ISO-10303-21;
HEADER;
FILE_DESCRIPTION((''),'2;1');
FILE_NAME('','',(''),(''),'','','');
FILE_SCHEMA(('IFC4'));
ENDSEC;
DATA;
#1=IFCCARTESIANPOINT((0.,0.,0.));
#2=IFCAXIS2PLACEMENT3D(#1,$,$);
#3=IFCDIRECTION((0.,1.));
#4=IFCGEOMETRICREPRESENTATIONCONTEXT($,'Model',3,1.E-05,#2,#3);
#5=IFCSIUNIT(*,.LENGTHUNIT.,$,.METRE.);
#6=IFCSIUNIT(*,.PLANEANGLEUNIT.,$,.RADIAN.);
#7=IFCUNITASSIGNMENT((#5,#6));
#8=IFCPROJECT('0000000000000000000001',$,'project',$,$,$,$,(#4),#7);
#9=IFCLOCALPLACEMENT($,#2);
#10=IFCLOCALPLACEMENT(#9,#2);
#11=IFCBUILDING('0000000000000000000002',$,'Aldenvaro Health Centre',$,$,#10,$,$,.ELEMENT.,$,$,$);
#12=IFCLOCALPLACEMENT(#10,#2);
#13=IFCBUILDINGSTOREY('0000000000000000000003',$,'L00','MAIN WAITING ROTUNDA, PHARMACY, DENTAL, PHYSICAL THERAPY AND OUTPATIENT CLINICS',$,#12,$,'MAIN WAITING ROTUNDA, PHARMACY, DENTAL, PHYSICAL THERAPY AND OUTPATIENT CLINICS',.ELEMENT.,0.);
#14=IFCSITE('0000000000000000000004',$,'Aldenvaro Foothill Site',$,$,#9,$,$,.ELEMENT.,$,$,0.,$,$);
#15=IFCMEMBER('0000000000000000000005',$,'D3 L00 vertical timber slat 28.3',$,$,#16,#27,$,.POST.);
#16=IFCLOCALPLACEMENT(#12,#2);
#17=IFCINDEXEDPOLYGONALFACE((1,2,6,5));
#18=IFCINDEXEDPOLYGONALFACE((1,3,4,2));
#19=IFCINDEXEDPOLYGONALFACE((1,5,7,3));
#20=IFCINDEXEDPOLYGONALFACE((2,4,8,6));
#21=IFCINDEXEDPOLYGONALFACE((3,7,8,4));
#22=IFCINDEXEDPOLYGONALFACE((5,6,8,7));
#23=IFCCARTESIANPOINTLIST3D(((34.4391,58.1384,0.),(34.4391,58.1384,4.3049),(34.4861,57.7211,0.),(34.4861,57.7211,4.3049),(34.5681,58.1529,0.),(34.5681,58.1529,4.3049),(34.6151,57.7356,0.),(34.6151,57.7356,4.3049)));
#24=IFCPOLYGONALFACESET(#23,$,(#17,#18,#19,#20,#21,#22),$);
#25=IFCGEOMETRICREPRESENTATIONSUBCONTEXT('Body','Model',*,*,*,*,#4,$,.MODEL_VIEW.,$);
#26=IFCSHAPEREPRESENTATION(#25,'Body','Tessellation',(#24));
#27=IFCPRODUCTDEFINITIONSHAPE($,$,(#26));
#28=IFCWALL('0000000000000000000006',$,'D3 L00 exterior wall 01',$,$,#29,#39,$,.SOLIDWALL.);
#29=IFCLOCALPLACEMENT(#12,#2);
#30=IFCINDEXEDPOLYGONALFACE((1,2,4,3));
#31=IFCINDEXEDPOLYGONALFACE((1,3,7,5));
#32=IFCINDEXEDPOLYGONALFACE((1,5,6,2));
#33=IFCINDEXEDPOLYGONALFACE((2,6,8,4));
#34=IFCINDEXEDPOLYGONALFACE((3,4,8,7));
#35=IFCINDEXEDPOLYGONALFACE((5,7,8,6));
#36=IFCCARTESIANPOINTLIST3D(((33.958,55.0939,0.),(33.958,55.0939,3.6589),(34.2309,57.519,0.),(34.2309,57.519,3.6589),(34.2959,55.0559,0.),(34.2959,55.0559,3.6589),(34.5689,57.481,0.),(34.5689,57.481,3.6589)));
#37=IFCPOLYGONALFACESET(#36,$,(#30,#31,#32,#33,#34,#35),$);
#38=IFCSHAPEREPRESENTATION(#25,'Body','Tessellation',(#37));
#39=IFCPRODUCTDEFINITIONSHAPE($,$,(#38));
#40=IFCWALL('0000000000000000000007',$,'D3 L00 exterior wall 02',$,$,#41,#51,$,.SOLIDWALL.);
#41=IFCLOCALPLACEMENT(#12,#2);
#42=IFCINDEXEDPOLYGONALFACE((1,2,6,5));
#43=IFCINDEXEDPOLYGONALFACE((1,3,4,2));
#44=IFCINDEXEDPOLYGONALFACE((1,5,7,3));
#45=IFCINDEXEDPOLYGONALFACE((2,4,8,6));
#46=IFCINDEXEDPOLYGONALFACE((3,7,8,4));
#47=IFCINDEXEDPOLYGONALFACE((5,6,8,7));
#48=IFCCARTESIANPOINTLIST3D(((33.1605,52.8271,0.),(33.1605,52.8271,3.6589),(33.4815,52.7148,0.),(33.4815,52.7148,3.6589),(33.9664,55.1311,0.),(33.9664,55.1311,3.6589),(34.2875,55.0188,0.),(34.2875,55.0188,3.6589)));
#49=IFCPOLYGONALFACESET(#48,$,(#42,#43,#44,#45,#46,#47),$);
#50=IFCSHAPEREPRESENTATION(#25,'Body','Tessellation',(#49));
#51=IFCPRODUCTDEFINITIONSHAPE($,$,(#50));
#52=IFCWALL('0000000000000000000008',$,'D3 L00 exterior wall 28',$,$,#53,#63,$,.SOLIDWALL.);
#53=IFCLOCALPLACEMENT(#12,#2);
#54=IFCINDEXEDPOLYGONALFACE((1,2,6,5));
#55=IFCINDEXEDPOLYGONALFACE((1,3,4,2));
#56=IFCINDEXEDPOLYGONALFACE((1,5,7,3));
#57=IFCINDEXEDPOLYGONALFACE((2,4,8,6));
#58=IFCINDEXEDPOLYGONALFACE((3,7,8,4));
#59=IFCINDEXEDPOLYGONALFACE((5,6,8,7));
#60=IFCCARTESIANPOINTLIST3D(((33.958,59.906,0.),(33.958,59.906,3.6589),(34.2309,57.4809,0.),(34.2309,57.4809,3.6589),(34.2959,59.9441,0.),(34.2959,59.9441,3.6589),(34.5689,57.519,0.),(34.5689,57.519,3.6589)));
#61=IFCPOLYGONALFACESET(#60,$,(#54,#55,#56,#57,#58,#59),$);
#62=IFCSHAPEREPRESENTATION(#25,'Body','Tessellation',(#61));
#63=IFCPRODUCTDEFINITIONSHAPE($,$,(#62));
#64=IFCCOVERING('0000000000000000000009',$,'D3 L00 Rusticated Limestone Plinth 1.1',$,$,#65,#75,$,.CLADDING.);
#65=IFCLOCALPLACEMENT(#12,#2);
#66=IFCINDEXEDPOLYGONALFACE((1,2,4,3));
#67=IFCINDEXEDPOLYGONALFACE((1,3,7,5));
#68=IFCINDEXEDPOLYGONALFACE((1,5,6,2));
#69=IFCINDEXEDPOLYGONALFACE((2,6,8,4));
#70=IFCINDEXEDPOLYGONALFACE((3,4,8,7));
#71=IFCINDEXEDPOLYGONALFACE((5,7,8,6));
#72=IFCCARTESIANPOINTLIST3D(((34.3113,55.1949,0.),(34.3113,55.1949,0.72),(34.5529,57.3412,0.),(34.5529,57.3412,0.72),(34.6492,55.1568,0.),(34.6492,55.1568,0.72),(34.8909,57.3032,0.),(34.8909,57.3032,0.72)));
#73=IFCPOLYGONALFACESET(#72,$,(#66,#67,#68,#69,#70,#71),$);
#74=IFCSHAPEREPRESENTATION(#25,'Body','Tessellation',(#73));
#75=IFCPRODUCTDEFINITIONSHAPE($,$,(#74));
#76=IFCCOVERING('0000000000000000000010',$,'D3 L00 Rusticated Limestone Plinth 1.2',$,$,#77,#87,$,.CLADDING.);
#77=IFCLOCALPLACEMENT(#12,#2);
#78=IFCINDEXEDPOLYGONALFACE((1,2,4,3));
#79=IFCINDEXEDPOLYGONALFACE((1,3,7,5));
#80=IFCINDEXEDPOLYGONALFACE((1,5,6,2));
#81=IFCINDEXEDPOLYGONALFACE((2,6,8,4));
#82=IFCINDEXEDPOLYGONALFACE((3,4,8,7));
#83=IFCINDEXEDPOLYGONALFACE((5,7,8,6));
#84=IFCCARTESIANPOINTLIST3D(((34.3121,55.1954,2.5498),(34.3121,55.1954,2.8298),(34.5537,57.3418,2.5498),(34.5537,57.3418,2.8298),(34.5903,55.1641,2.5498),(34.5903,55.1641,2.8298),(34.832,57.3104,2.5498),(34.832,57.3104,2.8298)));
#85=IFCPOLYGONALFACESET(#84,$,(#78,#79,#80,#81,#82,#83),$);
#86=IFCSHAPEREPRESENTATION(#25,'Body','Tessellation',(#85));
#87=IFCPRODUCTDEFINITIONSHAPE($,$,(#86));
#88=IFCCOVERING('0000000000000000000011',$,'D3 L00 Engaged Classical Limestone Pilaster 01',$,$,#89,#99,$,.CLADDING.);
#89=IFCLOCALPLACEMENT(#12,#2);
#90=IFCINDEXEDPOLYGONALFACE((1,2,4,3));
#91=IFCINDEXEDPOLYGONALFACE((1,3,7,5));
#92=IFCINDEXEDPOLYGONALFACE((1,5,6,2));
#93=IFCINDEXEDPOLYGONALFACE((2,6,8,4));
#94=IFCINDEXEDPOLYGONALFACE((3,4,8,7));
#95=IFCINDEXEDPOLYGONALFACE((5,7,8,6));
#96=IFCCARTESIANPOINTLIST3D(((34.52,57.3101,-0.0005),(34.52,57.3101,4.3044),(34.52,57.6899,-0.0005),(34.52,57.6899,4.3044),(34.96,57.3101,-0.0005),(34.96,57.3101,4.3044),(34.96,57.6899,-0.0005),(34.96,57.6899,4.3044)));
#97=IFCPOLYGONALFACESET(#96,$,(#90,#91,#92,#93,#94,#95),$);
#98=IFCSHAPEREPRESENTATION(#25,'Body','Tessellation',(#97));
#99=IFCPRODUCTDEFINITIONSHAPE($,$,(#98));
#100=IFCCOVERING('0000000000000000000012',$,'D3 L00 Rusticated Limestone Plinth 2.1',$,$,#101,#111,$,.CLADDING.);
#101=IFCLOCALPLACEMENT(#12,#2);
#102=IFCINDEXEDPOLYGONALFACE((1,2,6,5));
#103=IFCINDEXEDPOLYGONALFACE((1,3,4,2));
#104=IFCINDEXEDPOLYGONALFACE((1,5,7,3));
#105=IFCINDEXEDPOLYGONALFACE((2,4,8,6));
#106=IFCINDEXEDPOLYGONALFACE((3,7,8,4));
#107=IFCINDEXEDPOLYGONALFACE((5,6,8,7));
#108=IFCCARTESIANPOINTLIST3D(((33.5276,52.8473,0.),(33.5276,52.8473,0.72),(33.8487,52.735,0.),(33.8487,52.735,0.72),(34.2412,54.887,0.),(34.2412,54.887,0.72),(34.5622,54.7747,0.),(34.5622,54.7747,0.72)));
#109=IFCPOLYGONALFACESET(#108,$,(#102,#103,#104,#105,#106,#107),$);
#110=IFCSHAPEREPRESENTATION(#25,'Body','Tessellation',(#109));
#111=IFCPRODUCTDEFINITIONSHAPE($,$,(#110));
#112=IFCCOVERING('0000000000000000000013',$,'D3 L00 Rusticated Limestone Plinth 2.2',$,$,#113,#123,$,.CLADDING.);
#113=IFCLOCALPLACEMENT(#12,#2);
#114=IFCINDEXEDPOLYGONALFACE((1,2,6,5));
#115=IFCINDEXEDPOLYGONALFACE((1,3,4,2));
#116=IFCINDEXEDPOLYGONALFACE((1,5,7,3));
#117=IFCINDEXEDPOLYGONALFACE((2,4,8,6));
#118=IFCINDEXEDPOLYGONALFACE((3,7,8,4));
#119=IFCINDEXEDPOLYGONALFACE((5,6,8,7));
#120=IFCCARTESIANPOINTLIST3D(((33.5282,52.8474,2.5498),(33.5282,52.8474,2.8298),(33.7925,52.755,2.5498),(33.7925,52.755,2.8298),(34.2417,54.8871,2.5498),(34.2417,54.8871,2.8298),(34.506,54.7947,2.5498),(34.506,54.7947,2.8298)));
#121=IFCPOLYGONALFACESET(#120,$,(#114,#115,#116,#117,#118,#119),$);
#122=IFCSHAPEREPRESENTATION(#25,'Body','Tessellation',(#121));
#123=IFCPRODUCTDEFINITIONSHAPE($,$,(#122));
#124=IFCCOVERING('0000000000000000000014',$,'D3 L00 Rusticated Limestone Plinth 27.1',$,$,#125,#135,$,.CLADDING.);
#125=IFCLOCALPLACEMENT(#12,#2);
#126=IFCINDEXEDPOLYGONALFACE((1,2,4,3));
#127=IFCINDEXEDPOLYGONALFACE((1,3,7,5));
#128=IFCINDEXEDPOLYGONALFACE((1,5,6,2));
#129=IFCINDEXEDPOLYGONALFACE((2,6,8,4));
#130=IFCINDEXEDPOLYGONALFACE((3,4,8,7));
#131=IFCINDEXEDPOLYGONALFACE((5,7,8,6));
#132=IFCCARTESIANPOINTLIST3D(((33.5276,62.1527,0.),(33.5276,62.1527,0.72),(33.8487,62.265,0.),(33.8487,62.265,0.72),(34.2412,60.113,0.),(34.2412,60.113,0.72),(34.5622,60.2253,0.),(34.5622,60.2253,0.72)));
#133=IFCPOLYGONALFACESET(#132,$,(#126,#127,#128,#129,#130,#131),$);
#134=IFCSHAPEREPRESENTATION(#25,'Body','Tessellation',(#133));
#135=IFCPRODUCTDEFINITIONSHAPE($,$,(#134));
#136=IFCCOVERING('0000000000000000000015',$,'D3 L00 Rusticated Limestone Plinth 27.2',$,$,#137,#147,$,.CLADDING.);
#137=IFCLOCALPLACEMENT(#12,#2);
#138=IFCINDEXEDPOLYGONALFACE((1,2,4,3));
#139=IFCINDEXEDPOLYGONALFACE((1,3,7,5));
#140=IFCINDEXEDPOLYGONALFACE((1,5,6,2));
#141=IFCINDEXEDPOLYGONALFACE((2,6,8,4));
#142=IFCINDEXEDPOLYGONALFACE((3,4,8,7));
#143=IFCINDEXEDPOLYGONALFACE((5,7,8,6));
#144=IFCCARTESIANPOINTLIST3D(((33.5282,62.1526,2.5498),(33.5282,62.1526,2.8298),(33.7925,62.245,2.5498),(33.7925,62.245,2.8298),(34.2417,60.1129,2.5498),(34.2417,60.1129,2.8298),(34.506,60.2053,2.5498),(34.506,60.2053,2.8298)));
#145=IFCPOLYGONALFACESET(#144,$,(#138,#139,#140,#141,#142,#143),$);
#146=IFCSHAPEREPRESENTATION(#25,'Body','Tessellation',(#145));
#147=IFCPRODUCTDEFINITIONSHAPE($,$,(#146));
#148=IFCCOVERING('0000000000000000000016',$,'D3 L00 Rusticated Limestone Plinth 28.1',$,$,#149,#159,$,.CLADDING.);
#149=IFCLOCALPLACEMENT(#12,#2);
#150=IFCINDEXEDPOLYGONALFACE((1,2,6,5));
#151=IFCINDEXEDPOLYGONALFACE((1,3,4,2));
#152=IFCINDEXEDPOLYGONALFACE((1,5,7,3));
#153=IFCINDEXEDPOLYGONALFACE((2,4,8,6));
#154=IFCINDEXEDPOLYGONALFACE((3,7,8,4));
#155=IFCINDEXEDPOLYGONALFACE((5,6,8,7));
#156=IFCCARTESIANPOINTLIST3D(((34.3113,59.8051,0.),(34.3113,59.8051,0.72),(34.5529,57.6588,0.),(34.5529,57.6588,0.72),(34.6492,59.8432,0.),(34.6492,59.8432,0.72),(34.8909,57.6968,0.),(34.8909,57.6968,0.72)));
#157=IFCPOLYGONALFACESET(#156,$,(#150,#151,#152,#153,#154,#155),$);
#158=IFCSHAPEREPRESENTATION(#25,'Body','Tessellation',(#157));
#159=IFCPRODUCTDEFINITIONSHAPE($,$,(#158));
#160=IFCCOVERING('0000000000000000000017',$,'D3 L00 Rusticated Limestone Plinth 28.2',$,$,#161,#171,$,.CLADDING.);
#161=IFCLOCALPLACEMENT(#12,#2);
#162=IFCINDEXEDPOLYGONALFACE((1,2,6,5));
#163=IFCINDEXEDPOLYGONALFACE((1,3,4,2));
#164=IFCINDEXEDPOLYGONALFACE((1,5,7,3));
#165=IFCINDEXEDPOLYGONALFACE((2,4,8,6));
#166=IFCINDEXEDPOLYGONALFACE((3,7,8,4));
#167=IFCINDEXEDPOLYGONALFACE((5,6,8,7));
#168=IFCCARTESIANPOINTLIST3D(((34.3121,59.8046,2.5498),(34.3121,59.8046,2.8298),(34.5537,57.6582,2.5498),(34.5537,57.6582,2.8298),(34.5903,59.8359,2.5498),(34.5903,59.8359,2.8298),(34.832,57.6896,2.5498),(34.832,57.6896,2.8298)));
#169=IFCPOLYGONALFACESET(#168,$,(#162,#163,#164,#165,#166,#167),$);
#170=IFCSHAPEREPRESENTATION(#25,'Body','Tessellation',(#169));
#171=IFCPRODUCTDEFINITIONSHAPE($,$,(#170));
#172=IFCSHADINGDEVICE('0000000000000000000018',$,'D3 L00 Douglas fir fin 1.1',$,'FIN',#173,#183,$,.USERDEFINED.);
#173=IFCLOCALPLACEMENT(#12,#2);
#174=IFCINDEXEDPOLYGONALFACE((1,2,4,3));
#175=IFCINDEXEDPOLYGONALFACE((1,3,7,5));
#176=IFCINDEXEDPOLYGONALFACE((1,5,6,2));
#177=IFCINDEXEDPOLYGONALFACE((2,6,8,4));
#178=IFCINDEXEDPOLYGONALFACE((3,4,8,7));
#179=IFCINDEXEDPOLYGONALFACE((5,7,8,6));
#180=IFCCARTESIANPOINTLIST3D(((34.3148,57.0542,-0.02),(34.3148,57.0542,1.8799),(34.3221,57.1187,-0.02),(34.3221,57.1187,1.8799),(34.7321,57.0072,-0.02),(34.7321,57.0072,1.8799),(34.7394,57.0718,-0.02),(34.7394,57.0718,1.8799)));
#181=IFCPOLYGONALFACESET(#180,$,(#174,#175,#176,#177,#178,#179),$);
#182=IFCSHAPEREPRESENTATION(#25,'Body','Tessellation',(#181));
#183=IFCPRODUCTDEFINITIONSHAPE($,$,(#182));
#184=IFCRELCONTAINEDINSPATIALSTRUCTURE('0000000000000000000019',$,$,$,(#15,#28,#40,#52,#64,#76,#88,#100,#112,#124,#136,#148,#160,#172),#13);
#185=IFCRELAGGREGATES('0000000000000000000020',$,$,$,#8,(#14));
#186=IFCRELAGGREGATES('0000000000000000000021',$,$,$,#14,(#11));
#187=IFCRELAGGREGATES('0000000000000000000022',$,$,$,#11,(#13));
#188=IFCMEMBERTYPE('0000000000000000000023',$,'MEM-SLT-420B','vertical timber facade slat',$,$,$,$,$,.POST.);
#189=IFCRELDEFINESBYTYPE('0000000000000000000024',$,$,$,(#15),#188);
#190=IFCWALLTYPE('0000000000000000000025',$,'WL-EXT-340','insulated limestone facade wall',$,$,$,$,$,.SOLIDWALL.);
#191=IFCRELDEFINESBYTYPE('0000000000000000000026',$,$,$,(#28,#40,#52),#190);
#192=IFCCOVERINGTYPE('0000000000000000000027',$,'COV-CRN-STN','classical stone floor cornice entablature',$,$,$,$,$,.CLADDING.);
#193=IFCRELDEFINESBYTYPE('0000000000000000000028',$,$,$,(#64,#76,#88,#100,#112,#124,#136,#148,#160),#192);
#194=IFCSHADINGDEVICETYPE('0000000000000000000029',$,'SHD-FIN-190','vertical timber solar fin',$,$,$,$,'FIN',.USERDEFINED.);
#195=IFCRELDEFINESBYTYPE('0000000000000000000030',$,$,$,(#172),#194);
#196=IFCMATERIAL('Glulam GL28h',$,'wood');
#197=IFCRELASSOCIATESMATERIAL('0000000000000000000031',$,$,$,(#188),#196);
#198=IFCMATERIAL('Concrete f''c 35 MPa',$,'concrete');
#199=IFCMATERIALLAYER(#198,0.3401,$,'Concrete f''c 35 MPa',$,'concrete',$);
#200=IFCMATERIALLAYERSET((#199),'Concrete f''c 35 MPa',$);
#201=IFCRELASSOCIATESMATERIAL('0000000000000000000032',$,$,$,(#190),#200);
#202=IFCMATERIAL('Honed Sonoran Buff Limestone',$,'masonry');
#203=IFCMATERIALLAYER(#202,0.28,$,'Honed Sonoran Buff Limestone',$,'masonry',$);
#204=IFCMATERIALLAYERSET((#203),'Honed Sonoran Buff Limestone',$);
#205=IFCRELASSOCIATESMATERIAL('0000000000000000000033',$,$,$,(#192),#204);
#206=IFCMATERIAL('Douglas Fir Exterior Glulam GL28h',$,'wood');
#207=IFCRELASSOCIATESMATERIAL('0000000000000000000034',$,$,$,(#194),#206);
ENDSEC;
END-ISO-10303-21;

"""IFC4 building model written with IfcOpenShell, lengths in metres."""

from ifc_helpers import new_model, si_unit, direction, frame, frame_2d, origin, origin_2d, place, context, subcontext, project, spatial, rectangle, extrude, material, layer, layer_set, material_profile, profile_set, type_object, element, save


model = new_model("IFC4")

# Units and contexts
model_context = context("Model", 3, precision=1e-05, world=origin(), true_north=direction((0.0, 1.0)))
body_context = subcontext(model_context, "Body", "Model", "MODEL_VIEW")
ifc_project = project(units=[si_unit("LENGTHUNIT", "METRE"), si_unit("PLANEANGLEUNIT", "RADIAN")], contexts=[model_context])

# Site, building, storey
site_placement = place(None, origin())
site = spatial("IfcSite", under=ifc_project, at=site_placement, Name="Aldenvaro Foothill Site", CompositionType="ELEMENT", RefElevation=0.0)
building_placement = place(site_placement, origin())
building = spatial("IfcBuilding", under=site, at=building_placement, Name="Aldenvaro Health Centre", CompositionType="ELEMENT")
storey_placement = place(building_placement, origin())
storey = spatial("IfcBuildingStorey", under=building, at=storey_placement, Name="L00", Description="MAIN WAITING ROTUNDA, PHARMACY, DENTAL, PHYSICAL THERAPY AND OUTPATIENT CLINICS", LongName="MAIN WAITING ROTUNDA, PHARMACY, DENTAL, PHYSICAL THERAPY AND OUTPATIENT CLINICS", CompositionType="ELEMENT", Elevation=0.0)

# Shared definitions
ifc_material_1 = material(Name="Glulam GL28h", Category="wood")

# Member
ifc_material_profile_1 = material_profile(ifc_material_1, rectangle(XDim=0.1299, YDim=0.4199, at=origin_2d()), Name="GL 130x420", Category="wood")
ifc_profile_set_1 = profile_set([ifc_material_profile_1], Name="Glulam GL28h")
member_type_1 = type_object("IfcMemberType", Name="MEM-SLT-420B", Description="vertical timber facade slat", PredefinedType="POST", material=ifc_profile_set_1)
for number, where, z_axis, x_axis, name in (
    (1, (34.5271, 57.937, 0.0), (0.0, 0.0, 1.0), (0.993723, 0.111871, 0.0), "D3 L00 vertical timber slat 28.3"),
):
    element("IfcMember", number, at=place(storey_placement, frame(where, z_axis=z_axis, x_axis=x_axis)), inside=storey, type_object=member_type_1, Name=name, PredefinedType="POST", context=body_context, shape_type="SweptSolid", body=[
        extrude(rectangle(XDim=0.1299, YDim=0.4199, at=origin_2d()), origin(), (0.0, 0.0, 1.0), 4.3049),
    ])

# Walls
ifc_material_2 = material(Name="Concrete f'c 35 MPa", Category="concrete")
ifc_layer_1 = layer(ifc_material_2, 0.3401, Name="Concrete f'c 35 MPa", Category="concrete")
ifc_layer_set_1 = layer_set([ifc_layer_1], Name="Concrete f'c 35 MPa")
wall_type = type_object("IfcWallType", Name="WL-EXT-340", Description="insulated limestone facade wall", PredefinedType="SOLIDWALL", material=ifc_layer_set_1)
wall_1_placement = place(storey_placement, frame((34.3999, 57.5, 0.0), z_axis=(0.0, 0.0, 1.0), x_axis=(-0.111848, -0.993725, 0.0)))
element("IfcWall", 2, at=wall_1_placement, inside=storey, type_object=wall_type, Name="D3 L00 exterior wall 01", PredefinedType="SOLIDWALL", context=body_context, shape_type="SweptSolid", body=[
    extrude(rectangle(XDim=2.4404, YDim=0.3401, at=frame_2d((1.2202, 0.0))), origin(), (0.0, 0.0, 1.0), 3.6589),
])
wall_2_placement = place(storey_placement, frame((34.127, 55.075, 0.0), z_axis=(0.0, 0.0, 1.0), x_axis=(-0.330177, -0.943919, 0.0)))
element("IfcWall", 3, at=wall_2_placement, inside=storey, type_object=wall_type, Name="D3 L00 exterior wall 02", PredefinedType="SOLIDWALL", context=body_context, shape_type="SweptSolid", body=[
    extrude(rectangle(XDim=2.4409, YDim=0.3401, at=frame_2d((1.2205, 0.0))), origin(), (0.0, 0.0, 1.0), 3.6589),
])
wall_3_placement = place(storey_placement, frame((34.127, 59.925, 0.0), z_axis=(0.0, 0.0, 1.0), x_axis=(0.111848, -0.993725, 0.0)))
element("IfcWall", 4, at=wall_3_placement, inside=storey, type_object=wall_type, Name="D3 L00 exterior wall 28", PredefinedType="SOLIDWALL", context=body_context, shape_type="SweptSolid", body=[
    extrude(rectangle(XDim=2.4404, YDim=0.3401, at=frame_2d((1.2202, 0.0))), origin(), (0.0, 0.0, 1.0), 3.6589),
])

# Coverings
ifc_material_3 = material(Name="Honed Sonoran Buff Limestone", Category="masonry")
ifc_layer_2 = layer(ifc_material_3, 0.28, Name="Honed Sonoran Buff Limestone", Category="masonry")
ifc_layer_set_2 = layer_set([ifc_layer_2], Name="Honed Sonoran Buff Limestone")
covering_type = type_object("IfcCoveringType", Name="COV-CRN-STN", Description="classical stone floor cornice entablature", PredefinedType="CLADDING", material=ifc_layer_set_2)
covering_1_placement = place(storey_placement, frame((34.6011, 56.249, 0.0), z_axis=(0.0, 0.0, 1.0), x_axis=(-0.111871, -0.993723, 0.0)))
element("IfcCovering", 5, at=covering_1_placement, inside=storey, type_object=covering_type, Name="D3 L00 Rusticated Limestone Plinth 1.1", PredefinedType="CLADDING", context=body_context, shape_type="SweptSolid", body=[
    extrude(rectangle(XDim=2.1599, YDim=0.3401, at=origin_2d()), origin(), (0.0, 0.0, 1.0), 0.72),
])
covering_2_placement = place(storey_placement, frame((34.572, 56.2529, 2.5498), z_axis=(0.0, 0.0, 1.0), x_axis=(-0.111871, -0.993723, 0.0)))
element("IfcCovering", 6, at=covering_2_placement, inside=storey, type_object=covering_type, Name="D3 L00 Rusticated Limestone Plinth 1.2", PredefinedType="CLADDING", context=body_context, shape_type="SweptSolid", body=[
    extrude(rectangle(XDim=2.1599, YDim=0.28, at=origin_2d()), origin(), (0.0, 0.0, 1.0), 0.28),
])
covering_3_placement = place(storey_placement, frame((34.74, 57.5, -0.0005), z_axis=(0.0, 0.0, 1.0), x_axis=(1.0, 0.0, 0.0)))
element("IfcCovering", 7, at=covering_3_placement, inside=storey, type_object=covering_type, Name="D3 L00 Engaged Classical Limestone Pilaster 01", PredefinedType="CLADDING", context=body_context, shape_type="SweptSolid", body=[
    extrude(rectangle(XDim=0.4399, YDim=0.3799, at=origin_2d()), origin(), (0.0, 0.0, 1.0), 4.3049),
])
covering_4_placement = place(storey_placement, frame((34.0449, 53.811, 0.0), z_axis=(0.0, 0.0, 1.0), x_axis=(-0.330204, -0.943909, 0.0)))
element("IfcCovering", 8, at=covering_4_placement, inside=storey, type_object=covering_type, Name="D3 L00 Rusticated Limestone Plinth 2.1", PredefinedType="CLADDING", context=body_context, shape_type="SweptSolid", body=[
    extrude(rectangle(XDim=2.1609, YDim=0.3401, at=origin_2d()), origin(), (0.0, 0.0, 1.0), 0.72),
])
covering_5_placement = place(storey_placement, frame((34.0171, 53.821, 2.5498), z_axis=(0.0, 0.0, 1.0), x_axis=(-0.330204, -0.943909, 0.0)))
element("IfcCovering", 9, at=covering_5_placement, inside=storey, type_object=covering_type, Name="D3 L00 Rusticated Limestone Plinth 2.2", PredefinedType="CLADDING", context=body_context, shape_type="SweptSolid", body=[
    extrude(rectangle(XDim=2.1609, YDim=0.28, at=origin_2d()), origin(), (0.0, 0.0, 1.0), 0.28),
])
covering_6_placement = place(storey_placement, frame((34.0449, 61.189, 0.0), z_axis=(0.0, 0.0, 1.0), x_axis=(0.330204, -0.943909, 0.0)))
element("IfcCovering", 10, at=covering_6_placement, inside=storey, type_object=covering_type, Name="D3 L00 Rusticated Limestone Plinth 27.1", PredefinedType="CLADDING", context=body_context, shape_type="SweptSolid", body=[
    extrude(rectangle(XDim=2.1609, YDim=0.3401, at=origin_2d()), origin(), (0.0, 0.0, 1.0), 0.72),
])
covering_7_placement = place(storey_placement, frame((34.0171, 61.179, 2.5498), z_axis=(0.0, 0.0, 1.0), x_axis=(0.330204, -0.943909, 0.0)))
element("IfcCovering", 11, at=covering_7_placement, inside=storey, type_object=covering_type, Name="D3 L00 Rusticated Limestone Plinth 27.2", PredefinedType="CLADDING", context=body_context, shape_type="SweptSolid", body=[
    extrude(rectangle(XDim=2.1609, YDim=0.28, at=origin_2d()), origin(), (0.0, 0.0, 1.0), 0.28),
])
covering_8_placement = place(storey_placement, frame((34.6011, 58.751, 0.0), z_axis=(0.0, 0.0, 1.0), x_axis=(0.111871, -0.993723, 0.0)))
element("IfcCovering", 12, at=covering_8_placement, inside=storey, type_object=covering_type, Name="D3 L00 Rusticated Limestone Plinth 28.1", PredefinedType="CLADDING", context=body_context, shape_type="SweptSolid", body=[
    extrude(rectangle(XDim=2.1599, YDim=0.3401, at=origin_2d()), origin(), (0.0, 0.0, 1.0), 0.72),
])
covering_9_placement = place(storey_placement, frame((34.572, 58.7471, 2.5498), z_axis=(0.0, 0.0, 1.0), x_axis=(0.111871, -0.993723, 0.0)))
element("IfcCovering", 13, at=covering_9_placement, inside=storey, type_object=covering_type, Name="D3 L00 Rusticated Limestone Plinth 28.2", PredefinedType="CLADDING", context=body_context, shape_type="SweptSolid", body=[
    extrude(rectangle(XDim=2.1599, YDim=0.28, at=origin_2d()), origin(), (0.0, 0.0, 1.0), 0.28),
])

# Shading device
ifc_material_4 = material(Name="Douglas Fir Exterior Glulam GL28h", Category="wood")
shading_device_type = type_object("IfcShadingDeviceType", Name="SHD-FIN-190", Description="vertical timber solar fin", ElementType="FIN", PredefinedType="USERDEFINED", material=ifc_material_4)
shading_device_placement = place(storey_placement, frame((34.5271, 57.063, -0.02), z_axis=(0.0, 0.0, 1.0), x_axis=(-0.111871, -0.993723, 0.0)))
element("IfcShadingDevice", 14, at=shading_device_placement, inside=storey, type_object=shading_device_type, Name="D3 L00 Douglas fir fin 1.1", ObjectType="FIN", PredefinedType="USERDEFINED", context=body_context, shape_type="SweptSolid", body=[
    extrude(rectangle(XDim=0.0649, YDim=0.4199, at=origin_2d()), origin(), (0.0, 0.0, 1.0), 1.8999),
])

save(model, "model.ifc")
